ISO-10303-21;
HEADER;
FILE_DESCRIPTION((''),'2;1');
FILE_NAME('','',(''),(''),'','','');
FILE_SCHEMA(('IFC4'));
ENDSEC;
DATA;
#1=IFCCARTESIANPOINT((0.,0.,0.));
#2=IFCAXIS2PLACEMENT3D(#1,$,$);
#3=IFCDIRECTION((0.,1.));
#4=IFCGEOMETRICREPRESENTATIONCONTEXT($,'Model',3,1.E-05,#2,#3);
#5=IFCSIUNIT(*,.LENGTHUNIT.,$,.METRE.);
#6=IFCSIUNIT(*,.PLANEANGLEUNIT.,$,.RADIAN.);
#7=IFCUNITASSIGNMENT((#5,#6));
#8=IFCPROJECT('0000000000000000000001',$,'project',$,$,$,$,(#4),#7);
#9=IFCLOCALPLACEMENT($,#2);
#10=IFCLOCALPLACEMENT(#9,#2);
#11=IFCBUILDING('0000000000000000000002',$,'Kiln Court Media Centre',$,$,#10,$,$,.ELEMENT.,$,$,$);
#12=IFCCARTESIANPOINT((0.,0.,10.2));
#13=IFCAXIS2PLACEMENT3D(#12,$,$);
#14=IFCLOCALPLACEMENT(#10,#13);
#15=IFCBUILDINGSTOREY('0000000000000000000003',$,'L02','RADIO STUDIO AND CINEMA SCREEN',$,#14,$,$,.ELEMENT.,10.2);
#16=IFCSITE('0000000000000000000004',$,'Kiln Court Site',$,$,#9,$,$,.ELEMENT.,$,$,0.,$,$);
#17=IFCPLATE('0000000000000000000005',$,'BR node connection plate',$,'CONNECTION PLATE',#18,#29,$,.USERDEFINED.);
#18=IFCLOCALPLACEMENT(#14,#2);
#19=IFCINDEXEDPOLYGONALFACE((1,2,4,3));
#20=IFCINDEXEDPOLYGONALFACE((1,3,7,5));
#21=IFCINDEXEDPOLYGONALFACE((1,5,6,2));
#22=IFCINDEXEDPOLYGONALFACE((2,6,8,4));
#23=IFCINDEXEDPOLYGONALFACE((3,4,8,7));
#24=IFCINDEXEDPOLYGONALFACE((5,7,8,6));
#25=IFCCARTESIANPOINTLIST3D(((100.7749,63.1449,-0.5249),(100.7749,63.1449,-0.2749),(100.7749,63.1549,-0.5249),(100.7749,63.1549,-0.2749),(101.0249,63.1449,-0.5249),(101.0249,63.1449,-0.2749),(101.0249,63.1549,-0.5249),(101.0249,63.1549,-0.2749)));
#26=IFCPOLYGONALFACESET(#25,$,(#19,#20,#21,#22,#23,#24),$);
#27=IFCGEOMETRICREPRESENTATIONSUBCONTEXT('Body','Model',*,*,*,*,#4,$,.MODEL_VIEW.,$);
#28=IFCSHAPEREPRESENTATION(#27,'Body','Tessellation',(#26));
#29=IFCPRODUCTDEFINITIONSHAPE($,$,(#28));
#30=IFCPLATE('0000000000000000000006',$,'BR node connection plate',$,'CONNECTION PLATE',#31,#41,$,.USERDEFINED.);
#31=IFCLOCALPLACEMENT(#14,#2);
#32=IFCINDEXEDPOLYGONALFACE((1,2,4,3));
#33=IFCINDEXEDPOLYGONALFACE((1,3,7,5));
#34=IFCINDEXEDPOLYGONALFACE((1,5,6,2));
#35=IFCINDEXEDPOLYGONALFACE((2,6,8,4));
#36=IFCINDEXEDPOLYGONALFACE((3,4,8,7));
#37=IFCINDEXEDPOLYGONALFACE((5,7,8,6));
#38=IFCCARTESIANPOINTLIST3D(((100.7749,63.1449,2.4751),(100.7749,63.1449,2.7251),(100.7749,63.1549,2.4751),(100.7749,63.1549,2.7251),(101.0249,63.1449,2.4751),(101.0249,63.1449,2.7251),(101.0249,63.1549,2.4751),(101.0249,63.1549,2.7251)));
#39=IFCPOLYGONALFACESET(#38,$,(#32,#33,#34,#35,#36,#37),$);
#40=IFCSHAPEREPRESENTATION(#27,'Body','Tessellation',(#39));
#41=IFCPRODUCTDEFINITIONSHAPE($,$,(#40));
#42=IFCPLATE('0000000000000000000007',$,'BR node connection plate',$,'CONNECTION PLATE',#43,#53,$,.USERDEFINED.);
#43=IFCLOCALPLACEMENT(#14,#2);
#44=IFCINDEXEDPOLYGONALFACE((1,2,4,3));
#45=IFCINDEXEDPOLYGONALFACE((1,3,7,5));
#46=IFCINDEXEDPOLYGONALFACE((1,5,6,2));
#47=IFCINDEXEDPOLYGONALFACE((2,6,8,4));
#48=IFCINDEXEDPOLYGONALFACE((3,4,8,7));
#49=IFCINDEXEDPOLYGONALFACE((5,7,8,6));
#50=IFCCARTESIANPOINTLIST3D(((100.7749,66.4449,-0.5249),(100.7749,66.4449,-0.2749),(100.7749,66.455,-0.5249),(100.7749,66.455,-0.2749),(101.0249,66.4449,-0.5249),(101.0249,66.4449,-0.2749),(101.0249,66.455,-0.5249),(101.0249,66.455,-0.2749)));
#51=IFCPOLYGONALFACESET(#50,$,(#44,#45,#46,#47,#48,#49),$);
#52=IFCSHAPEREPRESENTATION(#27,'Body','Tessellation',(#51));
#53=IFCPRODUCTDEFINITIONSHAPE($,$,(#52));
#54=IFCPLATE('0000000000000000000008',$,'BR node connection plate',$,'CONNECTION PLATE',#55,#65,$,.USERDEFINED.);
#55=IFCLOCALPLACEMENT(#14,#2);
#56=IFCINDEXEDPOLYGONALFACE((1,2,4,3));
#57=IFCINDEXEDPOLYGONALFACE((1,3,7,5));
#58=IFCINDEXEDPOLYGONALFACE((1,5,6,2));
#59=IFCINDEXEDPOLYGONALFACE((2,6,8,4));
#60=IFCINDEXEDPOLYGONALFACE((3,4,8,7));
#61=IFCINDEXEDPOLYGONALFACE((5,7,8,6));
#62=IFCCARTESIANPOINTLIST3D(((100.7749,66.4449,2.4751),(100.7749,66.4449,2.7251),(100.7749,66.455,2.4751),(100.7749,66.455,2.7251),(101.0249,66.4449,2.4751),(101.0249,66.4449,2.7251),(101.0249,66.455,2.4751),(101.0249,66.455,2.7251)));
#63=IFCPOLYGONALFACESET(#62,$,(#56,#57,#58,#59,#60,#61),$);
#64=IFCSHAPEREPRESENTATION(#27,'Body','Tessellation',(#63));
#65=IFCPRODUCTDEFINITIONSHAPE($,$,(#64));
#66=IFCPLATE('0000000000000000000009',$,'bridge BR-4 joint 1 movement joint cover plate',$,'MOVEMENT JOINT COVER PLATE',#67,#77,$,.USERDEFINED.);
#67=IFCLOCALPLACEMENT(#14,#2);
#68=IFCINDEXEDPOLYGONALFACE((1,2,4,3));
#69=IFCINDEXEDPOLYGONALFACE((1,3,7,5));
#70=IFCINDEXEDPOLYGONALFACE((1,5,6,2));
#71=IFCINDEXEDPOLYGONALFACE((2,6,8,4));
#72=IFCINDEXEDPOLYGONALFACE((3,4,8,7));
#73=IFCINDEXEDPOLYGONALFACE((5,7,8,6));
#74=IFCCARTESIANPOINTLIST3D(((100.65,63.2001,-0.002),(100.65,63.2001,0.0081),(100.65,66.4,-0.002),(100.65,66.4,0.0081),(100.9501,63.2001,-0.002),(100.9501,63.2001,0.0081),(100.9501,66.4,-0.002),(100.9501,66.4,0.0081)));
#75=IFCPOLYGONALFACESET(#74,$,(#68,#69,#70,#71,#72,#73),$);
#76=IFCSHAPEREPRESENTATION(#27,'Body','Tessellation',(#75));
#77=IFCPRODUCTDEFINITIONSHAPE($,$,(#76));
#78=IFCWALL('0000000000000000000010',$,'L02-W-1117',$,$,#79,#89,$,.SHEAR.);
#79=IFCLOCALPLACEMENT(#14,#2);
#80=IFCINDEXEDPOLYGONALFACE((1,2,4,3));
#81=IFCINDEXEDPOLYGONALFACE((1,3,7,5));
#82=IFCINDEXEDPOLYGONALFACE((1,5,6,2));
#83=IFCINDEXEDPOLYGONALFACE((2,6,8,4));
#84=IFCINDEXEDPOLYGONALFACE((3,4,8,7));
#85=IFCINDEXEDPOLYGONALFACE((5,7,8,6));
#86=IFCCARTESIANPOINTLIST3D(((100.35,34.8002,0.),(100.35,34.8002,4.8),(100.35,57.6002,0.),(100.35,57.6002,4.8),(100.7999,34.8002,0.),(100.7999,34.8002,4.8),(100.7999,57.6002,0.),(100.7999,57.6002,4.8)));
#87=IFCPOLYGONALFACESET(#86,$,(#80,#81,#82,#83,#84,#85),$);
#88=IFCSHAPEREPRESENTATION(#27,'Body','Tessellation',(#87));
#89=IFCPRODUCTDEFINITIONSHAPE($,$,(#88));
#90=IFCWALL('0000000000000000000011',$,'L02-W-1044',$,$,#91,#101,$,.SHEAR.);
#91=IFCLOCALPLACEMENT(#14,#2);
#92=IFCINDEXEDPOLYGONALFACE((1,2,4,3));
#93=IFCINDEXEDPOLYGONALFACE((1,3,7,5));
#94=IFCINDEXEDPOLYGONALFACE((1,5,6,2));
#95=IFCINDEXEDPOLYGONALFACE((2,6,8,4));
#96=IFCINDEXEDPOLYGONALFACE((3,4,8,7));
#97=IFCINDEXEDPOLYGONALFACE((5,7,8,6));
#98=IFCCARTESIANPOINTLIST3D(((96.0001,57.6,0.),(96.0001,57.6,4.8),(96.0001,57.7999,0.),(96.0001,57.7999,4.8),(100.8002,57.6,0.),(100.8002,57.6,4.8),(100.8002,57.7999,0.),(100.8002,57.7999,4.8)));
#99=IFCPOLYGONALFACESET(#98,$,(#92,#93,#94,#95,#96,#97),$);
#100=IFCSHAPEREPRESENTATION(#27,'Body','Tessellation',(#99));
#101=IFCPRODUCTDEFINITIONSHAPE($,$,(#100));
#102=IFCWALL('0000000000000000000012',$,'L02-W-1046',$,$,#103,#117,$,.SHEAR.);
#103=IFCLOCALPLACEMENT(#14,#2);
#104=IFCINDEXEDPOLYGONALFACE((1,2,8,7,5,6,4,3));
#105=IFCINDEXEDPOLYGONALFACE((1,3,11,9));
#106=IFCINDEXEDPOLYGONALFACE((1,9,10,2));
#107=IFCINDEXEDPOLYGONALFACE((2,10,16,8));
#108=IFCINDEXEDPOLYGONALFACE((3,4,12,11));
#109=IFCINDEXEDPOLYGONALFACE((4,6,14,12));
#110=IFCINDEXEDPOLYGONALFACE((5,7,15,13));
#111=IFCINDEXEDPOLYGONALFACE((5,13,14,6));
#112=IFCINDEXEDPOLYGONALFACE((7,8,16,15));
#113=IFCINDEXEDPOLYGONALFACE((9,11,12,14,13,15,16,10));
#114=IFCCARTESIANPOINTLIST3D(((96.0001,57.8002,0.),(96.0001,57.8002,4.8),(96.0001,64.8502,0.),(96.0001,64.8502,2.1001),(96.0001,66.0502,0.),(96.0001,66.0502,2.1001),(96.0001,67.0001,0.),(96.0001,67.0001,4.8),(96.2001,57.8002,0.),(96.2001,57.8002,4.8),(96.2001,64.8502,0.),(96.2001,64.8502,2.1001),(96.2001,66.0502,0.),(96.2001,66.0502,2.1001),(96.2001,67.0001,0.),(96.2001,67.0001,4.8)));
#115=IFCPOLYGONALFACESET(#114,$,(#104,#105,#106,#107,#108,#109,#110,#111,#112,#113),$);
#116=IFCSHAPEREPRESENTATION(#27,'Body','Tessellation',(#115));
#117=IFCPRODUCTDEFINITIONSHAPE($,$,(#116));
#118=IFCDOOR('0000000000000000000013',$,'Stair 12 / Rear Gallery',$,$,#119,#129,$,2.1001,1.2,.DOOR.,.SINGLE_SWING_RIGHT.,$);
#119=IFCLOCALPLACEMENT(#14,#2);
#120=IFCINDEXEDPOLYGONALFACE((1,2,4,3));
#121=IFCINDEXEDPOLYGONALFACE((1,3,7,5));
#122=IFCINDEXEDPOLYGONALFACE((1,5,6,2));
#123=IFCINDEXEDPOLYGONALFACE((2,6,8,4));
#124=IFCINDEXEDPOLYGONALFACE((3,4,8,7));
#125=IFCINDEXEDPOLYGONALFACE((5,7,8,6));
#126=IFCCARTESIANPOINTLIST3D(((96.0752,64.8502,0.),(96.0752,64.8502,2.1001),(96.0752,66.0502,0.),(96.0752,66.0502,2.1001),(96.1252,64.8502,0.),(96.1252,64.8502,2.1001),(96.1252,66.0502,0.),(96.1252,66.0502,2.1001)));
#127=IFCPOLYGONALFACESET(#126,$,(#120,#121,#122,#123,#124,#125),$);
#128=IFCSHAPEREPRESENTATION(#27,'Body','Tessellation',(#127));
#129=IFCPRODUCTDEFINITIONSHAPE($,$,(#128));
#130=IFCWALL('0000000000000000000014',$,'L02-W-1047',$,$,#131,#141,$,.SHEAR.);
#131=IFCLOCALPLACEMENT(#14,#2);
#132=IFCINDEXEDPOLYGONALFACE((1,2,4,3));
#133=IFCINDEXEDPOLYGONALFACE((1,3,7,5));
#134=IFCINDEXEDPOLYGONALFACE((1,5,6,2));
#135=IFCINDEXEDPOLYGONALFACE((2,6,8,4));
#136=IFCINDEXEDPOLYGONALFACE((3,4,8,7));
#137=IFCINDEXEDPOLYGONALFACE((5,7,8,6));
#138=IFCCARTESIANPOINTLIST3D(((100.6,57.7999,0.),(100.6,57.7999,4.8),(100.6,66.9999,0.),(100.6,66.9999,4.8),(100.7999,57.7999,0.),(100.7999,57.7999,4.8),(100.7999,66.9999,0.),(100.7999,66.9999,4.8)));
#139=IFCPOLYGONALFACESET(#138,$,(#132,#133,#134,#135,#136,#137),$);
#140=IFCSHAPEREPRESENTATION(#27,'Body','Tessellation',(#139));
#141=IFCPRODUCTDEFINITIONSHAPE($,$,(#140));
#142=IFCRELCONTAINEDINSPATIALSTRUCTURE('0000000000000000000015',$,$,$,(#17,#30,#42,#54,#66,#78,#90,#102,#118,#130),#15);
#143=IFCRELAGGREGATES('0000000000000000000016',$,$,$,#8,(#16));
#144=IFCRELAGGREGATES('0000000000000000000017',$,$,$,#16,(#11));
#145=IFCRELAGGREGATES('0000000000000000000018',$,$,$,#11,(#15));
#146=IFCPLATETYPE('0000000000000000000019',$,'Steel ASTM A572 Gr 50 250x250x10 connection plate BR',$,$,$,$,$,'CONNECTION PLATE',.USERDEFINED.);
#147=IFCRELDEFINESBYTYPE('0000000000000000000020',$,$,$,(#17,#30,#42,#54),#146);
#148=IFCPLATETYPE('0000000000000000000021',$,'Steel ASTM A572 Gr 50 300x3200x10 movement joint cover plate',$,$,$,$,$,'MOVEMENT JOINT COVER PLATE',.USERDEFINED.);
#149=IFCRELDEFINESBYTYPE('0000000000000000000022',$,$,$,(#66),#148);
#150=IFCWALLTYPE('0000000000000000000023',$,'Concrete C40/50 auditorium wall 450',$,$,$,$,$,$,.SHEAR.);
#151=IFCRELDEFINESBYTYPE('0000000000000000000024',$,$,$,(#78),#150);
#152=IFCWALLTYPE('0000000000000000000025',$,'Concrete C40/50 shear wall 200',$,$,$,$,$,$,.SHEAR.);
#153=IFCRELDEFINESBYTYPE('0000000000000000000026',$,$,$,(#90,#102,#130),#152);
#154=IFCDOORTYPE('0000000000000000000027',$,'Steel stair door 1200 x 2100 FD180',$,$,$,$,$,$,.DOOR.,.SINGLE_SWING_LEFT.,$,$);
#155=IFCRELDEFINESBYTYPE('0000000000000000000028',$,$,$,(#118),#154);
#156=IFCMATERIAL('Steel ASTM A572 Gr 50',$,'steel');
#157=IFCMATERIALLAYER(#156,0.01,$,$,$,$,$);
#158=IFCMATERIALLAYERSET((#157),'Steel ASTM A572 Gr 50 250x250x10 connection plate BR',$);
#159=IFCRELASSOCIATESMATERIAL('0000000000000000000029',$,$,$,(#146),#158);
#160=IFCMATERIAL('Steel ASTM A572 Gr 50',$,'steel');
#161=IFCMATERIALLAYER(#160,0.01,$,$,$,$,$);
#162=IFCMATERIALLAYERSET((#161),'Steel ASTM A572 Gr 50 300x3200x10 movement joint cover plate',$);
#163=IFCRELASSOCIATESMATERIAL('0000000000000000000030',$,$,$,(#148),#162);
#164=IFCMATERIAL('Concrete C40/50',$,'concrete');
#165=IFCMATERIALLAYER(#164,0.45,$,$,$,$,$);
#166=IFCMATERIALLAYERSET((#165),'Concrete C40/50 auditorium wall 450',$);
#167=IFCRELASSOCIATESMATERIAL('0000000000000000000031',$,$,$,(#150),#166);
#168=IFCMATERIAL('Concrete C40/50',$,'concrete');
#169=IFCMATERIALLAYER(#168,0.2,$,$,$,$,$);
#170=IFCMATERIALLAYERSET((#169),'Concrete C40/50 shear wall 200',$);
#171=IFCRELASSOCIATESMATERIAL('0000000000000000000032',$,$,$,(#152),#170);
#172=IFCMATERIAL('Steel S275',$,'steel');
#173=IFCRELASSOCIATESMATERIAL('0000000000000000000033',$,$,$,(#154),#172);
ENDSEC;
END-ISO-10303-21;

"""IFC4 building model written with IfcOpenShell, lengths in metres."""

from ifc_helpers import new_model, si_unit, direction, frame, frame_2d, origin, origin_2d, place, context, subcontext, project, spatial, rectangle, extrude, material, layer, layer_set, type_object, element, fill, save


model = new_model("IFC4")

# Units and contexts
model_context = context("Model", 3, precision=1e-05, world=origin(), true_north=direction((0.0, 1.0)))
body_context = subcontext(model_context, "Body", "Model", "MODEL_VIEW")
ifc_project = project(units=[si_unit("LENGTHUNIT", "METRE"), si_unit("PLANEANGLEUNIT", "RADIAN")], contexts=[model_context])

# Site, building, storey
site_placement = place(None, origin())
site = spatial("IfcSite", under=ifc_project, at=site_placement, Name="Kiln Court Site", CompositionType="ELEMENT", RefElevation=0.0)
building_placement = place(site_placement, origin())
building = spatial("IfcBuilding", under=site, at=building_placement, Name="Kiln Court Media Centre", CompositionType="ELEMENT")
storey_placement = place(building_placement, frame((0.0, 0.0, 10.2)))
storey = spatial("IfcBuildingStorey", under=building, at=storey_placement, Name="L02", Description="RADIO STUDIO AND CINEMA SCREEN", CompositionType="ELEMENT", Elevation=10.2)

# Plates
ifc_material_1 = material(Name="Steel ASTM A572 Gr 50", Category="steel")
ifc_layer_1 = layer(ifc_material_1, 0.01)
ifc_layer_set_1 = layer_set([ifc_layer_1], Name="Steel ASTM A572 Gr 50 250x250x10 connection plate BR")
plate_type_1 = type_object("IfcPlateType", Name="Steel ASTM A572 Gr 50 250x250x10 connection plate BR", ElementType="CONNECTION PLATE", PredefinedType="USERDEFINED", material=ifc_layer_set_1)
for number, where, z_axis, x_axis, name in (
    (1, (100.8999, 63.1499, -0.5249), (0.0, 0.0, 1.0), (1.0, 0.0, 0.0), "BR node connection plate"),
    (2, (100.8999, 63.1499, 2.4751), (0.0, 0.0, 1.0), (1.0, 0.0, 0.0), "BR node connection plate"),
    (3, (100.8999, 66.45, -0.5249), (0.0, 0.0, 1.0), (1.0, 0.0, 0.0), "BR node connection plate"),
    (4, (100.8999, 66.45, 2.4751), (0.0, 0.0, 1.0), (1.0, 0.0, 0.0), "BR node connection plate"),
):
    element("IfcPlate", number, at=place(storey_placement, frame(where, z_axis=z_axis, x_axis=x_axis)), inside=storey, type_object=plate_type_1, Name=name, ObjectType="CONNECTION PLATE", PredefinedType="USERDEFINED", context=body_context, shape_type="SweptSolid", body=[
        extrude(rectangle(XDim=0.25, YDim=0.01, at=origin_2d()), origin(), (0.0, 0.0, 1.0), 0.25),
    ])
ifc_material_2 = material(Name="Steel ASTM A572 Gr 50", Category="steel")
ifc_layer_2 = layer(ifc_material_2, 0.01)
ifc_layer_set_2 = layer_set([ifc_layer_2], Name="Steel ASTM A572 Gr 50 300x3200x10 movement joint cover plate")
plate_type_2 = type_object("IfcPlateType", Name="Steel ASTM A572 Gr 50 300x3200x10 movement joint cover plate", ElementType="MOVEMENT JOINT COVER PLATE", PredefinedType="USERDEFINED", material=ifc_layer_set_2)
plate_placement = place(storey_placement, frame((100.8, 64.8, -0.002), z_axis=(0.0, 0.0, 1.0), x_axis=(1.0, 0.0, 0.0)))
element("IfcPlate", 5, at=plate_placement, inside=storey, type_object=plate_type_2, Name="bridge BR-4 joint 1 movement joint cover plate", ObjectType="MOVEMENT JOINT COVER PLATE", PredefinedType="USERDEFINED", context=body_context, shape_type="SweptSolid", body=[
    extrude(rectangle(XDim=0.3, YDim=3.2, at=origin_2d()), origin(), (0.0, 0.0, 1.0), 0.01),
])

# Walls
ifc_material_3 = material(Name="Concrete C40/50", Category="concrete")
ifc_layer_3 = layer(ifc_material_3, 0.45)
ifc_layer_set_3 = layer_set([ifc_layer_3], Name="Concrete C40/50 auditorium wall 450")
wall_type_1 = type_object("IfcWallType", Name="Concrete C40/50 auditorium wall 450", PredefinedType="SHEAR", material=ifc_layer_set_3)
wall_1_placement = place(storey_placement, frame((100.575, 57.6001, 0.0), z_axis=(0.0, 0.0, 1.0), x_axis=(0.0, -1.0, 0.0)))
element("IfcWall", 6, at=wall_1_placement, inside=storey, type_object=wall_type_1, Name="L02-W-1117", PredefinedType="SHEAR", context=body_context, shape_type="SweptSolid", body=[
    extrude(rectangle(XDim=22.8, YDim=0.45, at=frame_2d((11.3999, 0.0))), origin(), (0.0, 0.0, 1.0), 4.8),
])
ifc_material_4 = material(Name="Concrete C40/50", Category="concrete")
ifc_layer_4 = layer(ifc_material_4, 0.2)
ifc_layer_set_4 = layer_set([ifc_layer_4], Name="Concrete C40/50 shear wall 200")
wall_type_2 = type_object("IfcWallType", Name="Concrete C40/50 shear wall 200", PredefinedType="SHEAR", material=ifc_layer_set_4)
wall_2_placement = place(storey_placement, frame((100.8, 57.7, 0.0), z_axis=(0.0, 0.0, 1.0), x_axis=(-1.0, 0.0, 0.0)))
element("IfcWall", 7, at=wall_2_placement, inside=storey, type_object=wall_type_2, Name="L02-W-1044", PredefinedType="SHEAR", context=body_context, shape_type="SweptSolid", body=[
    extrude(rectangle(XDim=4.8, YDim=0.2, at=frame_2d((2.3999, 0.0))), origin(), (0.0, 0.0, 1.0), 4.8),
])

# Wall, opening, door
wall_3_placement = place(storey_placement, frame((96.1001, 57.8, 0.0), z_axis=(0.0, 0.0, 1.0), x_axis=(0.0, 1.0, 0.0)))
wall_3 = element("IfcWall", 8, at=wall_3_placement, inside=storey, type_object=wall_type_2, Name="L02-W-1046", PredefinedType="SHEAR", context=body_context, shape_type="SweptSolid", body=[
    extrude(rectangle(XDim=9.2, YDim=0.2, at=frame_2d((4.6001, 0.0))), origin(), (0.0, 0.0, 1.0), 4.8),
])
opening_placement = place(wall_3_placement, frame((7.05, 0.0, 0.0)))
opening = element("IfcOpeningElement", 9, at=opening_placement, cuts=wall_3, PredefinedType="OPENING", context=body_context, shape_type="SweptSolid", body=[
    extrude(rectangle(XDim=1.2, YDim=2.1001, at=frame_2d((0.6001, 1.05))), frame((0.0, 0.1099, 0.0), z_axis=(0.0, -1.0, 0.0), x_axis=(1.0, 0.0, 0.0)), (0.0, 0.0, 1.0), 0.22),
])
ifc_material_5 = material(Name="Steel S275", Category="steel")
door_type = type_object("IfcDoorType", Name="Steel stair door 1200 x 2100 FD180", OperationType="SINGLE_SWING_LEFT", PredefinedType="DOOR", material=ifc_material_5)
door_placement = place(opening_placement, origin())
door = element("IfcDoor", 10, at=door_placement, inside=storey, type_object=door_type, Name="Stair 12 / Rear Gallery", OperationType="SINGLE_SWING_RIGHT", OverallHeight=2.1001, OverallWidth=1.2, PredefinedType="DOOR", context=body_context, shape_type="SweptSolid", body=[
    extrude(rectangle(XDim=1.2, YDim=2.1001, at=frame_2d((0.6001, 1.05))), frame((0.0, 0.0249, 0.0), z_axis=(0.0, -1.0, 0.0), x_axis=(1.0, 0.0, 0.0)), (0.0, 0.0, 1.0), 0.05),
])
fill(opening, door)

# Wall
wall_4_placement = place(storey_placement, frame((100.7, 67.0, 0.0), z_axis=(0.0, 0.0, 1.0), x_axis=(0.0, -1.0, 0.0)))
element("IfcWall", 11, at=wall_4_placement, inside=storey, type_object=wall_type_2, Name="L02-W-1047", PredefinedType="SHEAR", context=body_context, shape_type="SweptSolid", body=[
    extrude(rectangle(XDim=9.2, YDim=0.2, at=frame_2d((4.6001, 0.0))), origin(), (0.0, 0.0, 1.0), 4.8),
])

save(model, "model.ifc")
